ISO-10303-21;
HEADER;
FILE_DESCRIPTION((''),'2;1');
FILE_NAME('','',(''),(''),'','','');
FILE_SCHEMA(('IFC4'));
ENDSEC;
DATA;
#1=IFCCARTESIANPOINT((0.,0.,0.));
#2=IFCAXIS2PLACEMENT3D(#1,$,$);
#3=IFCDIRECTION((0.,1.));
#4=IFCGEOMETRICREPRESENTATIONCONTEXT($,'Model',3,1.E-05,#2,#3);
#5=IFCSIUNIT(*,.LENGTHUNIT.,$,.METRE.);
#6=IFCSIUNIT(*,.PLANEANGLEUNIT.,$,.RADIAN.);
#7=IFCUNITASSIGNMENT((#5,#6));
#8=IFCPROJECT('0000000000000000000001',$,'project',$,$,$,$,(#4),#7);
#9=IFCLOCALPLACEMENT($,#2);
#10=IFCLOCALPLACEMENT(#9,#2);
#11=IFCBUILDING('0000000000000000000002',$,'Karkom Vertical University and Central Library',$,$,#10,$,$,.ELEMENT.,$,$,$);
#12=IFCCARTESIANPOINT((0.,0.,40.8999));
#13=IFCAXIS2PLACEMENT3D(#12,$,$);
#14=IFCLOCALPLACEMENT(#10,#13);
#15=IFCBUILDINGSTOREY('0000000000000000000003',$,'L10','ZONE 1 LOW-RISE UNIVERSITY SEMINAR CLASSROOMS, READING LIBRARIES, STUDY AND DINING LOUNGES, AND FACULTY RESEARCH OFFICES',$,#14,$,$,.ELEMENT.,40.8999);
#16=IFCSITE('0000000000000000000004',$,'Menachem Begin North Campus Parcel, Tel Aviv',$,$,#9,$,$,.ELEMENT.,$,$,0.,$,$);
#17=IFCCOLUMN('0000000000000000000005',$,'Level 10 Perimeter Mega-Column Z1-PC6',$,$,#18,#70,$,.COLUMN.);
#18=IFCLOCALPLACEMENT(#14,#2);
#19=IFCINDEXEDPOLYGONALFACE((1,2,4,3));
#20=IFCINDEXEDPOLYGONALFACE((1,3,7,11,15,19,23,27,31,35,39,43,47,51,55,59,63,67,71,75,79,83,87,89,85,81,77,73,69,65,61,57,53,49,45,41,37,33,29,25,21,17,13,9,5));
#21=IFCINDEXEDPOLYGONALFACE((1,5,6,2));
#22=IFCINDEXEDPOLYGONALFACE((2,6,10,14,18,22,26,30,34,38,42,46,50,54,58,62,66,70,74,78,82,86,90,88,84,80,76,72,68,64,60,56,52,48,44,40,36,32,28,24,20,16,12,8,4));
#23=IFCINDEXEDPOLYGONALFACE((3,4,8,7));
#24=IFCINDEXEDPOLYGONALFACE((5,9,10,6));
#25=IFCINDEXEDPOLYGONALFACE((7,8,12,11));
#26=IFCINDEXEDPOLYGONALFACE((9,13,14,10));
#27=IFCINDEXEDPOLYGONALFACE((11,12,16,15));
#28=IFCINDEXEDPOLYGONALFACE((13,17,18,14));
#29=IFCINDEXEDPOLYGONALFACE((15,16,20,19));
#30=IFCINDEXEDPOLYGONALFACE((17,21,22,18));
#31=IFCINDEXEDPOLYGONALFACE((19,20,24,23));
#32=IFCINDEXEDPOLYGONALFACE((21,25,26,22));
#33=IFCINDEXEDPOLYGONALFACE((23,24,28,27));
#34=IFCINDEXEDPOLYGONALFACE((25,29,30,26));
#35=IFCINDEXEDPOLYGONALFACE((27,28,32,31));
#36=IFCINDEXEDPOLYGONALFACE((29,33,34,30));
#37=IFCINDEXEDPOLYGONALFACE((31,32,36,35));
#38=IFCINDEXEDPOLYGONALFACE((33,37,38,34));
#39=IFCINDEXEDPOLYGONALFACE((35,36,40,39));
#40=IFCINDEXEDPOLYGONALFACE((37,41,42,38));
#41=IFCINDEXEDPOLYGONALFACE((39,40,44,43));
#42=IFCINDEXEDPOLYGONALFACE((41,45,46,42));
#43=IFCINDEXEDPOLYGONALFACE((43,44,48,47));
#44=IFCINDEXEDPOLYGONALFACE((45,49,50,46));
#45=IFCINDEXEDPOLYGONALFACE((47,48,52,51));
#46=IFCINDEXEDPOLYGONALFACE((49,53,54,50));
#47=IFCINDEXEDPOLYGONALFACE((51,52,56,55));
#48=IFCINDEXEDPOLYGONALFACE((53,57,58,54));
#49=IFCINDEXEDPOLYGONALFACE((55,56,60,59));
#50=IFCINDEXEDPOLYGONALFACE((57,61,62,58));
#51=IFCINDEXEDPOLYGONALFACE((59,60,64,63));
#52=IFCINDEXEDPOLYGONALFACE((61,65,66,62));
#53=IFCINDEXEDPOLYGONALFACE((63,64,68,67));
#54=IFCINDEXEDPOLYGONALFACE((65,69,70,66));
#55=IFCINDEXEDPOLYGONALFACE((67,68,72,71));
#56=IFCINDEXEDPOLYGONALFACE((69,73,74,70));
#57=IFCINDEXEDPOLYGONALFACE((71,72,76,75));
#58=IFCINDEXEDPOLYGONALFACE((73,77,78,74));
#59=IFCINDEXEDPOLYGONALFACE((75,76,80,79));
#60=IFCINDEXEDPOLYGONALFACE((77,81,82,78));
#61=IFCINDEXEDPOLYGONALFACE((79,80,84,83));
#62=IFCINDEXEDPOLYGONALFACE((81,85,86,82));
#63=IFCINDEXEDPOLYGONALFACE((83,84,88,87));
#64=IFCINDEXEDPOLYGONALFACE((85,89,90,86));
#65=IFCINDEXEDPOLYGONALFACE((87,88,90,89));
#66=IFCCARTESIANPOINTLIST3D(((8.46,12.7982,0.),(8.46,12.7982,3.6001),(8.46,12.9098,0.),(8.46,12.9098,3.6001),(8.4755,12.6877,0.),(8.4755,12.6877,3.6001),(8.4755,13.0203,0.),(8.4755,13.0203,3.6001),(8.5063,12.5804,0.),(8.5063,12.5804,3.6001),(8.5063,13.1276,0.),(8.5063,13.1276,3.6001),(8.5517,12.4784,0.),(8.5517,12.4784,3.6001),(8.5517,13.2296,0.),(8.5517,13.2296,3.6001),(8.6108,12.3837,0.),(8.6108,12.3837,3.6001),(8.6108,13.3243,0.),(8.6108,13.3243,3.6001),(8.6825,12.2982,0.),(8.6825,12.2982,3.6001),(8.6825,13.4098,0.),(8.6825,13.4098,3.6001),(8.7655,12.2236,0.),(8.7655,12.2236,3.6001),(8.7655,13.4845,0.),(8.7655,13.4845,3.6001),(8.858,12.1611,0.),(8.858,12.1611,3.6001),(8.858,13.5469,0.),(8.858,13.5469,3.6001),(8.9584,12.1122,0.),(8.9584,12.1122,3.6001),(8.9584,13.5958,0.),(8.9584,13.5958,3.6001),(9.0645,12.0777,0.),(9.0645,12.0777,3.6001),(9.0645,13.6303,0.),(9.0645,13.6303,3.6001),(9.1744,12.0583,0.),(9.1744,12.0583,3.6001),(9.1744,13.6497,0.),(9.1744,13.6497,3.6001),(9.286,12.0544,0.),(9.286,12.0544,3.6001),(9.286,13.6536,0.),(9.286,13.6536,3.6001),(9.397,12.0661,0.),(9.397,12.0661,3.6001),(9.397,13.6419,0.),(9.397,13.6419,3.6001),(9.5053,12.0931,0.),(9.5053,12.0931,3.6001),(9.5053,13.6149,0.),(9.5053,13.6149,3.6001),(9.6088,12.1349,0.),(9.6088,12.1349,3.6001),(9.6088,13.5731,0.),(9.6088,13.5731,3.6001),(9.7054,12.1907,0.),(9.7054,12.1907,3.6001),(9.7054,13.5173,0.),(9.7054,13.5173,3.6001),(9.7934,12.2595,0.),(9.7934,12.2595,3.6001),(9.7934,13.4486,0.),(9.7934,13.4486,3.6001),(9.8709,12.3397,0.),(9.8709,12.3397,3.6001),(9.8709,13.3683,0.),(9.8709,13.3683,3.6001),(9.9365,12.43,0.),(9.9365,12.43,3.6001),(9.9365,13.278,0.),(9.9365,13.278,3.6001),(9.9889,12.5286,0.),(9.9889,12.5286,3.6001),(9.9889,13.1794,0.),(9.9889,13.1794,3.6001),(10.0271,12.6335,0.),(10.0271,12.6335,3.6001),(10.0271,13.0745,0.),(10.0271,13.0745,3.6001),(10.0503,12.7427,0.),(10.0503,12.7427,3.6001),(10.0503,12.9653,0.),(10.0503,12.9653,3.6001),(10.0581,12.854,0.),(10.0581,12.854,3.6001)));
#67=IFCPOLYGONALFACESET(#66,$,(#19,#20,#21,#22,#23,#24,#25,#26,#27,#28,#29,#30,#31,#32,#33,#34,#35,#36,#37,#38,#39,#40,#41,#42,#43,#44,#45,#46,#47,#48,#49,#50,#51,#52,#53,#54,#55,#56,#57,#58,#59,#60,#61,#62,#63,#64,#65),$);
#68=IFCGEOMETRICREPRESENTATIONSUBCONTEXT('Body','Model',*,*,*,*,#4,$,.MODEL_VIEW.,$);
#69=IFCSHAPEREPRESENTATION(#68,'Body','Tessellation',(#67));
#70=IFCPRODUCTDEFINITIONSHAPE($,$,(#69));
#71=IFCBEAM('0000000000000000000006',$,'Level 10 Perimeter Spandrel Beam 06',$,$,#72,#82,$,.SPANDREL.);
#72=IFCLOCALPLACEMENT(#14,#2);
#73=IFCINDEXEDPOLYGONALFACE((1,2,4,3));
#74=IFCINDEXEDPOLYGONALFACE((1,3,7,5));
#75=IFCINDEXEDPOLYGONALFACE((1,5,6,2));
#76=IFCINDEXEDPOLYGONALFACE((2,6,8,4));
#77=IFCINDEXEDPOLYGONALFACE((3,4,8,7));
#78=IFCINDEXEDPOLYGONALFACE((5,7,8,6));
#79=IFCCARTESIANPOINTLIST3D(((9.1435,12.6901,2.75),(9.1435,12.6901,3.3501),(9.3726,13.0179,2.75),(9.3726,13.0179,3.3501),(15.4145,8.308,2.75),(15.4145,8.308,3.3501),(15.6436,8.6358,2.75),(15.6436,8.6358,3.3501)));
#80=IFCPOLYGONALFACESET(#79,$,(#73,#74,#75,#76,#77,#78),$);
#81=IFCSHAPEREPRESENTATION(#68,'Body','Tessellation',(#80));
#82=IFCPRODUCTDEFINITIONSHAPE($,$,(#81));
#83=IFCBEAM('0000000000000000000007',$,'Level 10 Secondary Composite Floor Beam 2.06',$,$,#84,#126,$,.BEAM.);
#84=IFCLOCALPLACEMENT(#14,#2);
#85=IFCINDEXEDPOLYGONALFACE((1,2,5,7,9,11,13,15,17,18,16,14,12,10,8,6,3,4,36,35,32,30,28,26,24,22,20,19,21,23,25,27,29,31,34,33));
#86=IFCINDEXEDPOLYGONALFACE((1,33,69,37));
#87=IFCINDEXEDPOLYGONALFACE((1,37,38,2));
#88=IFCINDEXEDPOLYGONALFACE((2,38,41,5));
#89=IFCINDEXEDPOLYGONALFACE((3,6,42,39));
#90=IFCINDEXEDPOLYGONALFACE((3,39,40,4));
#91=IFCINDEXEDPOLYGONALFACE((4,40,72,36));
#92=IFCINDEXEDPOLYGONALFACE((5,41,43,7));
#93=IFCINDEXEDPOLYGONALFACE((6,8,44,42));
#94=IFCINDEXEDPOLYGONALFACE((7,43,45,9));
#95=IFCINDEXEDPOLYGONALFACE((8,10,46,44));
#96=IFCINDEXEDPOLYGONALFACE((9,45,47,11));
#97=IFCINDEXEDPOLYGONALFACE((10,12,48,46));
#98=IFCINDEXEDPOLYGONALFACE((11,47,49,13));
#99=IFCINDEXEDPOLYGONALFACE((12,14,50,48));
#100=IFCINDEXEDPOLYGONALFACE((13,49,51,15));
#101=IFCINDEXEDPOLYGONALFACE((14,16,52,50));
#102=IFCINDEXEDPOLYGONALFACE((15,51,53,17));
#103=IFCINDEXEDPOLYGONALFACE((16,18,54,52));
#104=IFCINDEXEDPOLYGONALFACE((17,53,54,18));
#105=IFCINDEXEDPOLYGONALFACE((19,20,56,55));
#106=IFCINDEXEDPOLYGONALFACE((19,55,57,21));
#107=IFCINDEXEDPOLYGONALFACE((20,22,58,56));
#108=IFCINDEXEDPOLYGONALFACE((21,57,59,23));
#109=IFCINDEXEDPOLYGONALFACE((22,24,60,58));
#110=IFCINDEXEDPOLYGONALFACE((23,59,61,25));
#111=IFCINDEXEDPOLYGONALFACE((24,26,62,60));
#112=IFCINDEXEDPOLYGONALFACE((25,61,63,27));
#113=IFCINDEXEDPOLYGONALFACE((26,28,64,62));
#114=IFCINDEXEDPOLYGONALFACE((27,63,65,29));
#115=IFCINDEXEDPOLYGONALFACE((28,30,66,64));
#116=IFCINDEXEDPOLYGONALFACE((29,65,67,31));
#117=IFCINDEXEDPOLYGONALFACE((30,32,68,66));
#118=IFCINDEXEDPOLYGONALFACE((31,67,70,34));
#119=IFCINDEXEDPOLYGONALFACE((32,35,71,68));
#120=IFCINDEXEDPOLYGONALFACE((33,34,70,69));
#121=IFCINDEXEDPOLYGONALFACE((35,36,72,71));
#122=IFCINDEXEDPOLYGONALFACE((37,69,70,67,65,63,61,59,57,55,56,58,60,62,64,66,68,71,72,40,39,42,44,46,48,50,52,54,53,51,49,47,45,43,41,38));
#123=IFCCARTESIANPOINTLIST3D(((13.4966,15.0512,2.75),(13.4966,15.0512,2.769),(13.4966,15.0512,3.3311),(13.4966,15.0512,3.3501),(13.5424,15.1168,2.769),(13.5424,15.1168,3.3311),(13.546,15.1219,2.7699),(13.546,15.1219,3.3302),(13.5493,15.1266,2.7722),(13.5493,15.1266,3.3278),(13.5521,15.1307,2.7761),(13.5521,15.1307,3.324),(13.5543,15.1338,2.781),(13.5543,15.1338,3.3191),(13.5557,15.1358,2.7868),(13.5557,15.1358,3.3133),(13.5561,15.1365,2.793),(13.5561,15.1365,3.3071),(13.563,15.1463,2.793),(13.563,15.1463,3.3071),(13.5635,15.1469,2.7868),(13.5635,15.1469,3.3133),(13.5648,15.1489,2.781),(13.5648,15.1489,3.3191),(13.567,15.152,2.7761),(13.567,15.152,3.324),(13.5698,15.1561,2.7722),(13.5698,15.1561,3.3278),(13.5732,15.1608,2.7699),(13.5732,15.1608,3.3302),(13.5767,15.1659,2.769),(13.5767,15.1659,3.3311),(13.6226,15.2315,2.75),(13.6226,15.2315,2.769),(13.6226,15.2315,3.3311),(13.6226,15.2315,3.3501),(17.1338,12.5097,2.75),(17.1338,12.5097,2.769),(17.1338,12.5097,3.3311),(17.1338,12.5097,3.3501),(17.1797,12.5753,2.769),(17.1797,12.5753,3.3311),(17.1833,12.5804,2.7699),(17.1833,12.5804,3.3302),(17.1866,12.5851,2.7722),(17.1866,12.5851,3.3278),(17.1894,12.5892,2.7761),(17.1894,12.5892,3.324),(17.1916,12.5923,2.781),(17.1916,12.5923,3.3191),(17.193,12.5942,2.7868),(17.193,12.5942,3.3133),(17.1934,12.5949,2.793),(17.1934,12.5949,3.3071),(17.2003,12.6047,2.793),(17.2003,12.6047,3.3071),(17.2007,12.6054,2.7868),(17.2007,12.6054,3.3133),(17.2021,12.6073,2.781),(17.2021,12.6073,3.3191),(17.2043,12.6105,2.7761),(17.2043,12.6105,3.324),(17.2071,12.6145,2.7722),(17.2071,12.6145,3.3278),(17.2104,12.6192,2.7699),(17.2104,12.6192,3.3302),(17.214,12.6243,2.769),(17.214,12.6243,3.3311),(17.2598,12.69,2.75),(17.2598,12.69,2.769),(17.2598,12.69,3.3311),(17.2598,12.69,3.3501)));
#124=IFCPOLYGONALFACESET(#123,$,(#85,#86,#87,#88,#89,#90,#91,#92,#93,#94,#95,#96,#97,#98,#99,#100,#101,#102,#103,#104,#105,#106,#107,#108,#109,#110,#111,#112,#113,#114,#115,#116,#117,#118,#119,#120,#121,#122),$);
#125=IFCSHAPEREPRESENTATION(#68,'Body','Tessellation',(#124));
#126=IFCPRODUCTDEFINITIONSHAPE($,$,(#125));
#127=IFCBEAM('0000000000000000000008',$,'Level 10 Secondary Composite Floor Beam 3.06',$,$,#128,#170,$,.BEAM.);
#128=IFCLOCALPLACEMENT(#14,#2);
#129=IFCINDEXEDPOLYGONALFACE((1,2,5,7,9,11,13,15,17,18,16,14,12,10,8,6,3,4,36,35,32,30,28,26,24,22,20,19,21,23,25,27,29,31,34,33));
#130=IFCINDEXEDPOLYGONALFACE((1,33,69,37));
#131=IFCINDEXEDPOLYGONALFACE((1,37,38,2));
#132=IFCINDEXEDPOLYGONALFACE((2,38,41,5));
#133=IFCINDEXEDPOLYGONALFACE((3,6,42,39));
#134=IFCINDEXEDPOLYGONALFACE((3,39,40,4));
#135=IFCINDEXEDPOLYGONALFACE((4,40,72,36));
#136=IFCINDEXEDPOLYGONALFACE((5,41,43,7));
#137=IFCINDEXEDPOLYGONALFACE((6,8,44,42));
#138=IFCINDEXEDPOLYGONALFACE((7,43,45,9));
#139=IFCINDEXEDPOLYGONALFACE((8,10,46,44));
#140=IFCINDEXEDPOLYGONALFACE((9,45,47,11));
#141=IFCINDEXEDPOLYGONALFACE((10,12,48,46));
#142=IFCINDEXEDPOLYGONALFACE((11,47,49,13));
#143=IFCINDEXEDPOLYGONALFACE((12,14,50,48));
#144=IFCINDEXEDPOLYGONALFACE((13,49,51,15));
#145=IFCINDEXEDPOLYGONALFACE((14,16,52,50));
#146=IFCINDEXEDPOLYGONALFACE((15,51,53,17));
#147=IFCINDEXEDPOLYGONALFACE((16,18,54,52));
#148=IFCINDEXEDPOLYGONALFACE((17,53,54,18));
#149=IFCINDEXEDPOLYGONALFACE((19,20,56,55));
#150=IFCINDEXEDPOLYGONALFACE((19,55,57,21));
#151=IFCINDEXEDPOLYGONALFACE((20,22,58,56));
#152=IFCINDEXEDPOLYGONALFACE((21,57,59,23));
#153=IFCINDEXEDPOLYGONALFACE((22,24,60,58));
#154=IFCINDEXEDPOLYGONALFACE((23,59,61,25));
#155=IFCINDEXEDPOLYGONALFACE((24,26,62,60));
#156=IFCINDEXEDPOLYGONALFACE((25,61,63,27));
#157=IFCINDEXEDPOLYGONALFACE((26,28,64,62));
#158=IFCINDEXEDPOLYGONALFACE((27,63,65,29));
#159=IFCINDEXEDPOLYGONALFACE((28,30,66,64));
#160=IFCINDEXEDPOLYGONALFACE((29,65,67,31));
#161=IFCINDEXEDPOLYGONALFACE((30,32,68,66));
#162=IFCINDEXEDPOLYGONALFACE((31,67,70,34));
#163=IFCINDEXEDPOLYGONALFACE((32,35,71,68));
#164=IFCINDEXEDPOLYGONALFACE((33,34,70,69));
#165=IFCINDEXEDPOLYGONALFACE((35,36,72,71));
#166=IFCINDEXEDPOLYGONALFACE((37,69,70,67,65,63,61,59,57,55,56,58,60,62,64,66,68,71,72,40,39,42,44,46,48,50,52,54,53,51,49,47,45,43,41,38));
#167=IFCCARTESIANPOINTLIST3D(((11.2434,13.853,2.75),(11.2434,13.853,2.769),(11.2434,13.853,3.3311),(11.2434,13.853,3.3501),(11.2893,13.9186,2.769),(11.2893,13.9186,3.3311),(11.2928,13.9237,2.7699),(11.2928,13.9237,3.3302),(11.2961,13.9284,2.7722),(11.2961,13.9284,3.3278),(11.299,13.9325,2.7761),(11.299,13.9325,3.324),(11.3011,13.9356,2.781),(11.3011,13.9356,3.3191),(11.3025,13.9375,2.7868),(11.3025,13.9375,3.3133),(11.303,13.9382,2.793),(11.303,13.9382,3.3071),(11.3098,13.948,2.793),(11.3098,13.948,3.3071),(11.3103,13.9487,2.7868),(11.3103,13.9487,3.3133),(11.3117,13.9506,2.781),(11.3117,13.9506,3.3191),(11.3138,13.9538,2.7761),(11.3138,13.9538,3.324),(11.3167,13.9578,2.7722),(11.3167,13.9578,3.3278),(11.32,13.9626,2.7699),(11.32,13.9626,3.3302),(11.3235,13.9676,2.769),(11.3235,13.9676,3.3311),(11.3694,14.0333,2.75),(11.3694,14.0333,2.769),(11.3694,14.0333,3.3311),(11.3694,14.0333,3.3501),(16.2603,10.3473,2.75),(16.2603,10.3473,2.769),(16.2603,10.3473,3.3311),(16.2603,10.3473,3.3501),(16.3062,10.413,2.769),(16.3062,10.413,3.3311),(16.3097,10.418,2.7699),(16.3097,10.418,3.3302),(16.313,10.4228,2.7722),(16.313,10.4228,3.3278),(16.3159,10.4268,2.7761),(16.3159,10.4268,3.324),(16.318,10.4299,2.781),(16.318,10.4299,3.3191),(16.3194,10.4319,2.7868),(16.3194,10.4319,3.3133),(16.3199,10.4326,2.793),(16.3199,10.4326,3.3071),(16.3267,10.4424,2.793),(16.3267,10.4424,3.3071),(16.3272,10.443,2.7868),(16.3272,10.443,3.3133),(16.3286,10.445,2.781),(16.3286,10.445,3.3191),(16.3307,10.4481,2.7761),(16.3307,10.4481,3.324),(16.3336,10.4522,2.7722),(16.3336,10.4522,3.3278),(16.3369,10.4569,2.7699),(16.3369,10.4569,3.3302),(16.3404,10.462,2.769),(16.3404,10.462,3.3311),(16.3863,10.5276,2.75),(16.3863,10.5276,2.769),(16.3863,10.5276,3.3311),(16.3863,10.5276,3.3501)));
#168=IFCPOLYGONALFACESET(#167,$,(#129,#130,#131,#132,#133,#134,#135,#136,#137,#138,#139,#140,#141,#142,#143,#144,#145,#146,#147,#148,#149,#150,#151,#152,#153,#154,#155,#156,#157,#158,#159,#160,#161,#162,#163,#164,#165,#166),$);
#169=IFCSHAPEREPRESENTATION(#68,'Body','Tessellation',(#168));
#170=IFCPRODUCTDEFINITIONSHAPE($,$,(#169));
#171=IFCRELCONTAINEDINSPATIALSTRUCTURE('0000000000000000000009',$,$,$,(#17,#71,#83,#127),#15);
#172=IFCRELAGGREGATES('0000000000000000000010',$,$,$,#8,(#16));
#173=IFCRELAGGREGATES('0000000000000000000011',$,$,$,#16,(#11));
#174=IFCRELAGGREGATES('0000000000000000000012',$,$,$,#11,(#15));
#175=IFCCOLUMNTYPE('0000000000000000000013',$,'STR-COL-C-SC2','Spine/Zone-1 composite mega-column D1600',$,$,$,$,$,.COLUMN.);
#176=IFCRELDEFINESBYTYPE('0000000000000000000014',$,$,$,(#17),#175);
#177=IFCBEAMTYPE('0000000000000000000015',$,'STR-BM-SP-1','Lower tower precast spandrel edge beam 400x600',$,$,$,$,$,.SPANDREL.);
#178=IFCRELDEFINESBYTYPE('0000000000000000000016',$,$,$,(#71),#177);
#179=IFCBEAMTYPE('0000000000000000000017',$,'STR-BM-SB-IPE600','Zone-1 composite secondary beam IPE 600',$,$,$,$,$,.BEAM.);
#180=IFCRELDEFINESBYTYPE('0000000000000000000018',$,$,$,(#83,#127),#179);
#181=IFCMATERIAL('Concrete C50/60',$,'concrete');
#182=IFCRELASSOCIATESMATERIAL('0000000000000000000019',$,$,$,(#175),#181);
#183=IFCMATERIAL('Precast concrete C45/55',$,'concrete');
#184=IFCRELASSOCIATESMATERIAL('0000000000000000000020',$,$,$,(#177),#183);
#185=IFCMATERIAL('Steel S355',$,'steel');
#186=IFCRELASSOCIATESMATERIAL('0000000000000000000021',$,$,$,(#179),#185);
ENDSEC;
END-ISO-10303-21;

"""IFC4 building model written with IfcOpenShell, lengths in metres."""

from ifc_helpers import new_model, si_unit, direction, frame, origin, origin_with_axes, origin_2d, place, context, subcontext, project, spatial, rectangle, circle, i_section, extrude, source, transform, mapped, material, material_profile, profile_set, type_object, element, save


model = new_model("IFC4")

# Units and contexts
model_context = context("Model", 3, precision=1e-05, world=origin(), true_north=direction((0.0, 1.0)))
body_context = subcontext(model_context, "Body", "Model", "MODEL_VIEW")
ifc_project = project(units=[si_unit("LENGTHUNIT", "METRE"), si_unit("PLANEANGLEUNIT", "RADIAN")], contexts=[model_context])

# Site, building, storey
site_placement = place(None, origin())
site = spatial("IfcSite", under=ifc_project, at=site_placement, Name="Menachem Begin North Campus Parcel, Tel Aviv", CompositionType="ELEMENT", RefElevation=0.0)
building_placement = place(site_placement, origin())
building = spatial("IfcBuilding", under=site, at=building_placement, Name="Karkom Vertical University and Central Library", CompositionType="ELEMENT")
storey_placement = place(building_placement, frame((0.0, 0.0, 40.8999)))
storey = spatial("IfcBuildingStorey", under=building, at=storey_placement, Name="L10", Description="ZONE 1 LOW-RISE UNIVERSITY SEMINAR CLASSROOMS, READING LIBRARIES, STUDY AND DINING LOUNGES, AND FACULTY RESEARCH OFFICES", CompositionType="ELEMENT", Elevation=40.8999)

# Column
ifc_material_1 = material(Name="Concrete C50/60", Category="concrete")
ifc_material_profile_1 = material_profile(ifc_material_1, circle(Radius=0.8, at=origin_2d()), Name="CFT-D1600")
ifc_profile_set_1 = profile_set([ifc_material_profile_1], Name="Concrete C50/60")
column_type = type_object("IfcColumnType", Name="STR-COL-C-SC2", Description="Spine/Zone-1 composite mega-column D1600", PredefinedType="COLUMN", material=ifc_profile_set_1)
shared_shape_1 = source(origin_with_axes(), body_context, "Body", "SweptSolid", [
    extrude(circle(Radius=0.8, at=origin_2d()), origin(), (0.0, 0.0, 1.0), 3.6001),
])
column_placement = place(storey_placement, frame((9.2581, 12.854, 0.0), z_axis=(0.0, 0.0, 1.0), x_axis=(1.0, 0.0, 0.0)))
element("IfcColumn", 1, at=column_placement, inside=storey, type_object=column_type, Name="Level 10 Perimeter Mega-Column Z1-PC6", PredefinedType="COLUMN", context=body_context, shape_type="MappedRepresentation", body=[
    mapped(shared_shape_1, transform((0.0, 0.0, 0.0), scale=1.0)),
])

# Beams
ifc_material_2 = material(Name="Precast concrete C45/55", Category="concrete")
ifc_material_profile_2 = material_profile(ifc_material_2, rectangle(XDim=0.3999, YDim=0.6001, at=origin_2d()), Name="SPB-400x600")
ifc_profile_set_2 = profile_set([ifc_material_profile_2], Name="Precast concrete C45/55")
beam_type_1 = type_object("IfcBeamType", Name="STR-BM-SP-1", Description="Lower tower precast spandrel edge beam 400x600", PredefinedType="SPANDREL", material=ifc_profile_set_2)
shared_shape_2 = source(origin_with_axes(), body_context, "Body", "SweptSolid", [
    extrude(rectangle(XDim=0.3999, YDim=0.6001, at=origin_2d()), origin(), (0.0, 0.0, 1.0), 7.6504),
])
beam_1_placement = place(storey_placement, frame((9.2581, 12.854, 3.05), z_axis=(0.819699, -0.572794, 0.0), x_axis=(0.572794, 0.819699, 0.0)))
element("IfcBeam", 2, at=beam_1_placement, inside=storey, type_object=beam_type_1, Name="Level 10 Perimeter Spandrel Beam 06", PredefinedType="SPANDREL", context=body_context, shape_type="MappedRepresentation", body=[
    mapped(shared_shape_2, transform((0.0, 0.0, 0.0), scale=1.0)),
])
ifc_material_3 = material(Name="Steel S355", Category="steel")
ifc_material_profile_3 = material_profile(ifc_material_3, i_section(OverallWidth=0.22, OverallDepth=0.6001, WebThickness=0.012, FlangeThickness=0.019, FilletRadius=0.0239, at=origin_2d()), Name="IPE 600")
ifc_profile_set_3 = profile_set([ifc_material_profile_3], Name="Steel S355")
beam_type_2 = type_object("IfcBeamType", Name="STR-BM-SB-IPE600", Description="Zone-1 composite secondary beam IPE 600", PredefinedType="BEAM", material=ifc_profile_set_3)
shared_shape_3 = source(origin_with_axes(), body_context, "Body", "SweptSolid", [
    extrude(i_section(OverallWidth=0.22, OverallDepth=0.6001, WebThickness=0.012, FlangeThickness=0.019, FilletRadius=0.0239, at=origin_2d()), origin(), (0.0, 0.0, 1.0), 4.4373),
])
beam_2_placement = place(storey_placement, frame((13.5596, 15.1414, 3.05), z_axis=(0.819712, -0.572775, 0.0), x_axis=(0.572775, 0.819712, 0.0)))
element("IfcBeam", 3, at=beam_2_placement, inside=storey, type_object=beam_type_2, Name="Level 10 Secondary Composite Floor Beam 2.06", PredefinedType="BEAM", context=body_context, shape_type="MappedRepresentation", body=[
    mapped(shared_shape_3, transform((0.0, 0.0, 0.0), scale=1.0)),
])
shared_shape_4 = source(origin_with_axes(), body_context, "Body", "SweptSolid", [
    extrude(i_section(OverallWidth=0.22, OverallDepth=0.6001, WebThickness=0.012, FlangeThickness=0.019, FilletRadius=0.0239, at=origin_2d()), origin(), (0.0, 0.0, 1.0), 6.1204),
])
beam_3_placement = place(storey_placement, frame((11.3064, 13.9431, 3.05), z_axis=(0.819706, -0.572785, 0.0), x_axis=(0.572785, 0.819706, 0.0)))
element("IfcBeam", 4, at=beam_3_placement, inside=storey, type_object=beam_type_2, Name="Level 10 Secondary Composite Floor Beam 3.06", PredefinedType="BEAM", context=body_context, shape_type="MappedRepresentation", body=[
    mapped(shared_shape_4, transform((0.0, 0.0, 0.0), scale=1.0)),
])

save(model, "model.ifc")
